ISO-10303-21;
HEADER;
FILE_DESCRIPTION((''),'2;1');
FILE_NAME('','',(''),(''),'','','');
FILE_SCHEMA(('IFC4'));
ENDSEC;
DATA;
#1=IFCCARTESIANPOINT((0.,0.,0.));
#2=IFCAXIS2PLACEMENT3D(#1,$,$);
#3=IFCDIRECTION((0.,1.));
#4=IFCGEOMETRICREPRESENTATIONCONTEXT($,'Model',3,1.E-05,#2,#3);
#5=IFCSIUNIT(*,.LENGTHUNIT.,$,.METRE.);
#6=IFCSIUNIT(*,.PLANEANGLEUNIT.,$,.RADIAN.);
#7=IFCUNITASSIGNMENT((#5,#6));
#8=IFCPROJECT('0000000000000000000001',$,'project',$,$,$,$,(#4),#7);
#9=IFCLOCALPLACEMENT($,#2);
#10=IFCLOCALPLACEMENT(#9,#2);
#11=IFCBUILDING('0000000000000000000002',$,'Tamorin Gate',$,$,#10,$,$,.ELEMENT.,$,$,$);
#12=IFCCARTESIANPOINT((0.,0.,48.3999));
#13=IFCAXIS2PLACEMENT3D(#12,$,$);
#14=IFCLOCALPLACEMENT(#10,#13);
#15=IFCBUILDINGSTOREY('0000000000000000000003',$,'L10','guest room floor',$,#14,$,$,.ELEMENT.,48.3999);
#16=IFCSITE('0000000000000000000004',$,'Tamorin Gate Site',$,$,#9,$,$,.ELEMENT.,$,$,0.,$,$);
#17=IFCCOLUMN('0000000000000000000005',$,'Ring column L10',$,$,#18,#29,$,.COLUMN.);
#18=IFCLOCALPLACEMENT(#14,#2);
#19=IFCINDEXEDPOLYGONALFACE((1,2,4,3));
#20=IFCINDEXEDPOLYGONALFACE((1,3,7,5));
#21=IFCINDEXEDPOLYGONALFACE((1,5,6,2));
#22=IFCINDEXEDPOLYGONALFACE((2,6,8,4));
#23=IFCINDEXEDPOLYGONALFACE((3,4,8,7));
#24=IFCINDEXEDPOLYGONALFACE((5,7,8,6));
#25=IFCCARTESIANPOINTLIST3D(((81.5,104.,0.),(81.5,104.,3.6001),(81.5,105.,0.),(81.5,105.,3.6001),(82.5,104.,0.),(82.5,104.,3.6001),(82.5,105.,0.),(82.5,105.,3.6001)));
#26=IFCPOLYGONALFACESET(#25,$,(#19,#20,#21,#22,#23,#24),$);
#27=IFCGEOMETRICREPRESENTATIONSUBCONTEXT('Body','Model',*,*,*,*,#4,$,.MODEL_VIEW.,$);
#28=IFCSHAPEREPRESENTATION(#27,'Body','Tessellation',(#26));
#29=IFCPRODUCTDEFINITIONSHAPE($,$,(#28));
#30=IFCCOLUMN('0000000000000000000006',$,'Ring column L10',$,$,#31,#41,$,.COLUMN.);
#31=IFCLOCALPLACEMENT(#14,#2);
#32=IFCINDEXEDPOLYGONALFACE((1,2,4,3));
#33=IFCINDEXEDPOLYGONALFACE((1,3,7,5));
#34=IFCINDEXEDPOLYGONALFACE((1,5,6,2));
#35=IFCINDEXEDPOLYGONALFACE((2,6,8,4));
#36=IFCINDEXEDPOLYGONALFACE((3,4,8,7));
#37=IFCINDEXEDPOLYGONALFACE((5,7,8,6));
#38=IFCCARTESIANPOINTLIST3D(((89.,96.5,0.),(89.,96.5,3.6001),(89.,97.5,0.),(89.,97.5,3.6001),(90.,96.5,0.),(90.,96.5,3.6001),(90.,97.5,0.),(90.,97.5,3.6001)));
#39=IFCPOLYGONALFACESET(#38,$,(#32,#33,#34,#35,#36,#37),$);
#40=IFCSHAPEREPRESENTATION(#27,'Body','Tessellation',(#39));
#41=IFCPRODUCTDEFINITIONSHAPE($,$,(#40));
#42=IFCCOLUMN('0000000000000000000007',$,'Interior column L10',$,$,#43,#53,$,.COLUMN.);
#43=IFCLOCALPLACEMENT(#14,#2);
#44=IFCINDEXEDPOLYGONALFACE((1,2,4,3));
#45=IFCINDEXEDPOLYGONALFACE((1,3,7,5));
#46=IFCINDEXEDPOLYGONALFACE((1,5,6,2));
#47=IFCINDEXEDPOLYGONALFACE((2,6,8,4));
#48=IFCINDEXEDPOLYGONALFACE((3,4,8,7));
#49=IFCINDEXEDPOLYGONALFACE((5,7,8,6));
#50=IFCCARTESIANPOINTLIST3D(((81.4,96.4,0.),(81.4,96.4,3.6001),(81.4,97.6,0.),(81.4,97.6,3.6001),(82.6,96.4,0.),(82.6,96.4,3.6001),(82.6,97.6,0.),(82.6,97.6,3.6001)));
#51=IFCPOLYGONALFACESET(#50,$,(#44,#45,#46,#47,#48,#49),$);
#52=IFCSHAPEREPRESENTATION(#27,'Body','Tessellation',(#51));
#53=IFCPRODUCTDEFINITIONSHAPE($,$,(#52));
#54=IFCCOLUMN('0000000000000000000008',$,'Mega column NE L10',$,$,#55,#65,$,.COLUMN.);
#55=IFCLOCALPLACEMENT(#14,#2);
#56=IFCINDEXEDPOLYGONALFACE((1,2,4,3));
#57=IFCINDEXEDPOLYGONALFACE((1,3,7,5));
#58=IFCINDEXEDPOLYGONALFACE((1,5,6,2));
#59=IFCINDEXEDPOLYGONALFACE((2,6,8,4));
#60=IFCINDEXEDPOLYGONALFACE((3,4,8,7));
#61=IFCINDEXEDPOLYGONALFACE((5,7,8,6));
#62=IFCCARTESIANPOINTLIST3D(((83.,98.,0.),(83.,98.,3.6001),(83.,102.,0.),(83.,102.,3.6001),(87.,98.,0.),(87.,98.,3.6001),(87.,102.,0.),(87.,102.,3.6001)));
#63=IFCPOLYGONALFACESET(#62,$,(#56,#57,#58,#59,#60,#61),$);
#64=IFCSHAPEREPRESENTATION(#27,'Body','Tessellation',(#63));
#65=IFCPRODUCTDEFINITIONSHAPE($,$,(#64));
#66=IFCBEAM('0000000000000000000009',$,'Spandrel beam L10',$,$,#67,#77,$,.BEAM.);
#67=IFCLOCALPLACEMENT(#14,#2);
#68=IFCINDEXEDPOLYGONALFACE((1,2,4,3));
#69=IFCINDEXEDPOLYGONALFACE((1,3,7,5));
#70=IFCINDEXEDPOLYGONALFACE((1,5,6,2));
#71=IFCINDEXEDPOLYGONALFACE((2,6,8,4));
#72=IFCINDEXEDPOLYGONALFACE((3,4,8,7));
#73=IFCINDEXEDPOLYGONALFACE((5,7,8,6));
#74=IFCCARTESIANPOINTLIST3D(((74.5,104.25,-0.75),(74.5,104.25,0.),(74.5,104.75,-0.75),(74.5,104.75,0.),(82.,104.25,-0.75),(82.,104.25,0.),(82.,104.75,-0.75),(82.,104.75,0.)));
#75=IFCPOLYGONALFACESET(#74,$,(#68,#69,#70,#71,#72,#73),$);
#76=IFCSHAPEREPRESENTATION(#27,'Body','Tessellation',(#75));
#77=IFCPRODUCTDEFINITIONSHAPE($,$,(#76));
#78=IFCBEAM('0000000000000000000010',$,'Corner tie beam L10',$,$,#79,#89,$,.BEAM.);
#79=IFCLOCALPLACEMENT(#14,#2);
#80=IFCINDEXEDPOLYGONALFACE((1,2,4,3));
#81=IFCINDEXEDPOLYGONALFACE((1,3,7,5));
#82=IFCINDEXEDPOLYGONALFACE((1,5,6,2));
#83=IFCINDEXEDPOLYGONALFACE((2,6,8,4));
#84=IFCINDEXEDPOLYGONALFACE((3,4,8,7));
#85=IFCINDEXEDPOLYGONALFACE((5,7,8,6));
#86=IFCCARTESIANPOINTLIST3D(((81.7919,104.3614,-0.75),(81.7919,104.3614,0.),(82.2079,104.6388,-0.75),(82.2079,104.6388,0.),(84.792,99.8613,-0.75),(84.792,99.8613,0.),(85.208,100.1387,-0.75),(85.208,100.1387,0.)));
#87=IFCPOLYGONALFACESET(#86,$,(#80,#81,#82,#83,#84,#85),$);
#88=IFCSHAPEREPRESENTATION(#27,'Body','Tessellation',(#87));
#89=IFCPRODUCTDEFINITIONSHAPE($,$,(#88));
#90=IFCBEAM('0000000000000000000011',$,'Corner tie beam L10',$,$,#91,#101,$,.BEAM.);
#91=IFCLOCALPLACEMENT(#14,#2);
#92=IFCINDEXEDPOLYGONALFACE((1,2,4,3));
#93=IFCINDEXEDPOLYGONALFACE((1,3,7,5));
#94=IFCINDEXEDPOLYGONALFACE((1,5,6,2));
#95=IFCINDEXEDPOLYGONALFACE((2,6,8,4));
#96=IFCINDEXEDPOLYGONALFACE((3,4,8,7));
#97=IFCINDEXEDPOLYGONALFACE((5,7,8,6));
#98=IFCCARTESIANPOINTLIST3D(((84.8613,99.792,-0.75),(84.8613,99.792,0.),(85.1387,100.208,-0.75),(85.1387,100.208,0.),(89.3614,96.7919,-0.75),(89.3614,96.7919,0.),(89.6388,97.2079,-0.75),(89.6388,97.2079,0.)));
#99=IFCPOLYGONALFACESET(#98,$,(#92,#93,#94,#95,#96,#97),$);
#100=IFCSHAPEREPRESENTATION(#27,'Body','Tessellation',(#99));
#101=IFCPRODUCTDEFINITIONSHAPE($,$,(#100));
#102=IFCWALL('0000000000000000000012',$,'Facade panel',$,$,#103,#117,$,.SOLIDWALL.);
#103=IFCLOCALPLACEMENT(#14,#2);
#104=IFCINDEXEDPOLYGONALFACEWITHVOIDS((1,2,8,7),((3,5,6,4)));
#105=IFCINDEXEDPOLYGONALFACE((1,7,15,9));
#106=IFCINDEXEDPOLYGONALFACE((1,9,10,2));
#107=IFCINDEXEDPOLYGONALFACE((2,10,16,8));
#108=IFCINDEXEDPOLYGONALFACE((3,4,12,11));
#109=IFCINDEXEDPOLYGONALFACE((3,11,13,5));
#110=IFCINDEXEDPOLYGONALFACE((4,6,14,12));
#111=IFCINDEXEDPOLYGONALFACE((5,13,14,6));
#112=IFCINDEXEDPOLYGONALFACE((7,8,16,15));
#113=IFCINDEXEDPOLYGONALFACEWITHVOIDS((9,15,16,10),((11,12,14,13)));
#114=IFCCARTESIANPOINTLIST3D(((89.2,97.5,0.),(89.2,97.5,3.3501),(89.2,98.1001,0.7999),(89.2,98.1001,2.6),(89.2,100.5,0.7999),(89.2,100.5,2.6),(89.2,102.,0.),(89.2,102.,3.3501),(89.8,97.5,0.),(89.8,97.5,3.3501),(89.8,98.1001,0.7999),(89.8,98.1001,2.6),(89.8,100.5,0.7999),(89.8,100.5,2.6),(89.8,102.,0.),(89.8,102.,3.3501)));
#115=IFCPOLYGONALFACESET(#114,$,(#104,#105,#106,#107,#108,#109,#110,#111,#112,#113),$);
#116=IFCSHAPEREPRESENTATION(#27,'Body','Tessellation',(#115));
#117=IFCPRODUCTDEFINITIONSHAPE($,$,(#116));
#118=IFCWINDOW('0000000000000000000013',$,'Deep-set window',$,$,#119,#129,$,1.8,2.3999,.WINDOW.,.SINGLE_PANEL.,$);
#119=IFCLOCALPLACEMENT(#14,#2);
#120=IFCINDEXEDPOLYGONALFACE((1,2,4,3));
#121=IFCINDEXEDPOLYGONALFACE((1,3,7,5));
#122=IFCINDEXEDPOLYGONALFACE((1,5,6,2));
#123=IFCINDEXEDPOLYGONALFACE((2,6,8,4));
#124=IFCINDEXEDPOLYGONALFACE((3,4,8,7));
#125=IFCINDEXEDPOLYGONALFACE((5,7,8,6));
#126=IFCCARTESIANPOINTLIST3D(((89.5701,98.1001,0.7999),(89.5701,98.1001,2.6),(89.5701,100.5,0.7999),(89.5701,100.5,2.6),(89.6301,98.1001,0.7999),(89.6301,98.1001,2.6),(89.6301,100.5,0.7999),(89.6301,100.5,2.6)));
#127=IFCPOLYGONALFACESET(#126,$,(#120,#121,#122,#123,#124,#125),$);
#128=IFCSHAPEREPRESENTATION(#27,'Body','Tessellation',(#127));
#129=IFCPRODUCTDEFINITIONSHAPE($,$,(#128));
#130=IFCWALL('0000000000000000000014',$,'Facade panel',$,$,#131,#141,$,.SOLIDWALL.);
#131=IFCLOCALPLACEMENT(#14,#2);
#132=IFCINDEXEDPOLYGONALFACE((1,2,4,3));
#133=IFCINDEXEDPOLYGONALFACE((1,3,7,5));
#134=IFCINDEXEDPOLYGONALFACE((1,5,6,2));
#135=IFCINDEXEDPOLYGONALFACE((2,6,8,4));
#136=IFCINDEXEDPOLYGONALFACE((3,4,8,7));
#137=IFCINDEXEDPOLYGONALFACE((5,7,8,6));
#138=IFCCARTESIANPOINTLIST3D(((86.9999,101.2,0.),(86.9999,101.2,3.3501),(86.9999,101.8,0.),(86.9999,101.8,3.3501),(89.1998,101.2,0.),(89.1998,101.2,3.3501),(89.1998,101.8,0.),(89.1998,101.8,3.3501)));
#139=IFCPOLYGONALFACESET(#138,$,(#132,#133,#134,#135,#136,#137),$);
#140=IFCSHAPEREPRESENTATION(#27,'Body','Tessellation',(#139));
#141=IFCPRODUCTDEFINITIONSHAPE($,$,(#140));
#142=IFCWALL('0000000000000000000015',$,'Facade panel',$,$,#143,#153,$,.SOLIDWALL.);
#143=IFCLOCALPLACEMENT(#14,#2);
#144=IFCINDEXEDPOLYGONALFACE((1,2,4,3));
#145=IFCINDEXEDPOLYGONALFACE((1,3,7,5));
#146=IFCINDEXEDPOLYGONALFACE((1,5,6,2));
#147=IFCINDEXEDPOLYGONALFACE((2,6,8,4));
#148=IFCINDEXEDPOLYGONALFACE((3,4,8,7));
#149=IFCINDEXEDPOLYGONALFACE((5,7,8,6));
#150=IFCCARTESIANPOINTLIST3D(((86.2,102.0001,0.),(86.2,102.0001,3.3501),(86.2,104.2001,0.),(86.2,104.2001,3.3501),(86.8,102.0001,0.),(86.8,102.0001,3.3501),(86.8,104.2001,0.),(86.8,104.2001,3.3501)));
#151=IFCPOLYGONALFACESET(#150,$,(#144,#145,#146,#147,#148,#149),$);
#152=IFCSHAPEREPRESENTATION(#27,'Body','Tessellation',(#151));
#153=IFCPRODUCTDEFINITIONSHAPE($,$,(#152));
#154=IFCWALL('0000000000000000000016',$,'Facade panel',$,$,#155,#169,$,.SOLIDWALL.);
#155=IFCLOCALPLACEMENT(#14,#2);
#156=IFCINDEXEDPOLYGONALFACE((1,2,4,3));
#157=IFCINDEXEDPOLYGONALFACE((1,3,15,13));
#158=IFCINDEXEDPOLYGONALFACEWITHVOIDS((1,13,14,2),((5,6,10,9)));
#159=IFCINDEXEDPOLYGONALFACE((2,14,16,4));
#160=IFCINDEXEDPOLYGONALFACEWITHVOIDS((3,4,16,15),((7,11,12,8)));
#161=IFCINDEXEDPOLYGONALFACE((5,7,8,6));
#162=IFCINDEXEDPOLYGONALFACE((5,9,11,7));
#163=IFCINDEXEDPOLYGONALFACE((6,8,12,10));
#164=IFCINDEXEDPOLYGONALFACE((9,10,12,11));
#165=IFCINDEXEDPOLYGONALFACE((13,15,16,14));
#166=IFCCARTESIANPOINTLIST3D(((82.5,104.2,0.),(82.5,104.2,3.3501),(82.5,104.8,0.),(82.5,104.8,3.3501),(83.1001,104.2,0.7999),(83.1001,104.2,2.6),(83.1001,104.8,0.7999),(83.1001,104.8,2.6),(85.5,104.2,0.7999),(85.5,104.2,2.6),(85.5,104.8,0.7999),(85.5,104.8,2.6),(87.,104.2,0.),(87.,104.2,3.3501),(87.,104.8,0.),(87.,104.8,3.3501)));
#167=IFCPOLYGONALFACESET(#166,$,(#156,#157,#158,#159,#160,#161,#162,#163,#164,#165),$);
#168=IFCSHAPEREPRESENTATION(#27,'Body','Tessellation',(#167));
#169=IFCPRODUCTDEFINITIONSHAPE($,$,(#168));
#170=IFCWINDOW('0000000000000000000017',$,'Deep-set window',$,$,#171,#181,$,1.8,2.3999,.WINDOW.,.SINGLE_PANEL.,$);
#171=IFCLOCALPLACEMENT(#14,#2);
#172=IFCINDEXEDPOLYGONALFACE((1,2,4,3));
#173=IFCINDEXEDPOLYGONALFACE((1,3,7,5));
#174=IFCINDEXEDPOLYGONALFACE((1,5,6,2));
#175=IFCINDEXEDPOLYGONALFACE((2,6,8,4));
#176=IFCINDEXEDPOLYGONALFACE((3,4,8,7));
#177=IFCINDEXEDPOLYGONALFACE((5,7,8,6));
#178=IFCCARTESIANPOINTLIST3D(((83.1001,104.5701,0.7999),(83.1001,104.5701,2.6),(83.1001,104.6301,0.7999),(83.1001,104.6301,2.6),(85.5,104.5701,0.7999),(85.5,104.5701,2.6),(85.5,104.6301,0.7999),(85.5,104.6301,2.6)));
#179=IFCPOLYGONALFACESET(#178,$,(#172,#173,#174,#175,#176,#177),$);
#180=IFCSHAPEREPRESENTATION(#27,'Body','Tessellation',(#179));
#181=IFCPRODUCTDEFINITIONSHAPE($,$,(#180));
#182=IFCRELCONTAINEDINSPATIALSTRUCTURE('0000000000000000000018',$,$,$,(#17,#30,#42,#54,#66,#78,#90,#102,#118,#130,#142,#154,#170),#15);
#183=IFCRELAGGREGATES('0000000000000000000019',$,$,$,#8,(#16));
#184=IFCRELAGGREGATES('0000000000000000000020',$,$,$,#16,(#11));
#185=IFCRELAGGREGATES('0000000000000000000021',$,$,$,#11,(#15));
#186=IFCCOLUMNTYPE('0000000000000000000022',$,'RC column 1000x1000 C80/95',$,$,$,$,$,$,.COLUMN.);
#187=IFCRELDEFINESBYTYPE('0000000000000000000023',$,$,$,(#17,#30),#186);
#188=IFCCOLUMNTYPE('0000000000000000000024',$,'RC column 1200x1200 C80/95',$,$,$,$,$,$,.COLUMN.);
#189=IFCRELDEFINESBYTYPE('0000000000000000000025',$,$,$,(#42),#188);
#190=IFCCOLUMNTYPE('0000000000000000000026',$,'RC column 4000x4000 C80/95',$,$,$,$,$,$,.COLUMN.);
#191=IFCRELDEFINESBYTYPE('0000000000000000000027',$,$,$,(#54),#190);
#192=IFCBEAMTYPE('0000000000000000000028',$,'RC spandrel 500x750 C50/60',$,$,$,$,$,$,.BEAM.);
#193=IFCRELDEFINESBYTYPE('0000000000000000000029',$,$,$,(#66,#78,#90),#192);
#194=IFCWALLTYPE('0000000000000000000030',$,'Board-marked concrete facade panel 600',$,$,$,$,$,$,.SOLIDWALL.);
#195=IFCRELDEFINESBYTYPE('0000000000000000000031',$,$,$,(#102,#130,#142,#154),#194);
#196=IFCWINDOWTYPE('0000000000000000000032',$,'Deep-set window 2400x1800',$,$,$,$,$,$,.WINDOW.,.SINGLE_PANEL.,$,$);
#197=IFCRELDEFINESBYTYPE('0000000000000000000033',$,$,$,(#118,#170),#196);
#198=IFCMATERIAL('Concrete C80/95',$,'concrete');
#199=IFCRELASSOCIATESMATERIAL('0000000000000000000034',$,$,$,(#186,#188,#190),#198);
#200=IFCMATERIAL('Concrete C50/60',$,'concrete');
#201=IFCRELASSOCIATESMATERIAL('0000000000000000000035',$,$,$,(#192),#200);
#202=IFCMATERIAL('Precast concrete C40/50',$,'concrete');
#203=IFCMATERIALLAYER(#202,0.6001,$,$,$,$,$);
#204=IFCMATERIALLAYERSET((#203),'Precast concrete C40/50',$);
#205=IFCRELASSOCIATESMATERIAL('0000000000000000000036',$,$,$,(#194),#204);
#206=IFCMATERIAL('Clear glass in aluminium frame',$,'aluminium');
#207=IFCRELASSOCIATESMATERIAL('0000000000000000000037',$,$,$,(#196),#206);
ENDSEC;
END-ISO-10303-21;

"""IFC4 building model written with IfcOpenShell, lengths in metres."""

from ifc_helpers import new_model, si_unit, direction, frame, frame_2d, origin, origin_2d, place, context, subcontext, project, spatial, rectangle, extrude, material, layer, layer_set, material_profile, profile_set, type_object, element, fill, save


model = new_model("IFC4")

# Units and contexts
model_context = context("Model", 3, precision=1e-05, world=origin(), true_north=direction((0.0, 1.0)))
body_context = subcontext(model_context, "Body", "Model", "MODEL_VIEW")
ifc_project = project(units=[si_unit("LENGTHUNIT", "METRE"), si_unit("PLANEANGLEUNIT", "RADIAN")], contexts=[model_context])

# Site, building, storey
site_placement = place(None, origin())
site = spatial("IfcSite", under=ifc_project, at=site_placement, Name="Tamorin Gate Site", CompositionType="ELEMENT", RefElevation=0.0)
building_placement = place(site_placement, origin())
building = spatial("IfcBuilding", under=site, at=building_placement, Name="Tamorin Gate", CompositionType="ELEMENT")
storey_placement = place(building_placement, frame((0.0, 0.0, 48.3999)))
storey = spatial("IfcBuildingStorey", under=building, at=storey_placement, Name="L10", Description="guest room floor", CompositionType="ELEMENT", Elevation=48.3999)

# Columns
ifc_material_1 = material(Name="Concrete C80/95", Category="concrete")
ifc_material_profile_1 = material_profile(ifc_material_1, rectangle(XDim=1.0, YDim=1.0, at=origin_2d()), Name="RC 1000x1000")
ifc_profile_set_1 = profile_set([ifc_material_profile_1], Name="Concrete C80/95")
column_type_1 = type_object("IfcColumnType", Name="RC column 1000x1000 C80/95", PredefinedType="COLUMN", material=ifc_profile_set_1)
for number, where, z_axis, x_axis, name in (
    (1, (82.0, 104.5, 0.0), (0.0, 0.0, 1.0), (1.0, 0.0, 0.0), "Ring column L10"),
    (2, (89.5, 97.0, 0.0), (0.0, 0.0, 1.0), (1.0, 0.0, 0.0), "Ring column L10"),
):
    element("IfcColumn", number, at=place(storey_placement, frame(where, z_axis=z_axis, x_axis=x_axis)), inside=storey, type_object=column_type_1, Name=name, PredefinedType="COLUMN", context=body_context, shape_type="SweptSolid", body=[
        extrude(rectangle(XDim=1.0, YDim=1.0, at=origin_2d()), origin(), (0.0, 0.0, 1.0), 3.6001),
    ])
ifc_material_profile_2 = material_profile(ifc_material_1, rectangle(XDim=1.2, YDim=1.2, at=origin_2d()), Name="RC 1200x1200")
ifc_profile_set_2 = profile_set([ifc_material_profile_2], Name="Concrete C80/95")
column_type_2 = type_object("IfcColumnType", Name="RC column 1200x1200 C80/95", PredefinedType="COLUMN", material=ifc_profile_set_2)
column_1_placement = place(storey_placement, frame((82.0, 97.0, 0.0), z_axis=(0.0, 0.0, 1.0), x_axis=(1.0, 0.0, 0.0)))
element("IfcColumn", 3, at=column_1_placement, inside=storey, type_object=column_type_2, Name="Interior column L10", PredefinedType="COLUMN", context=body_context, shape_type="SweptSolid", body=[
    extrude(rectangle(XDim=1.2, YDim=1.2, at=origin_2d()), origin(), (0.0, 0.0, 1.0), 3.6001),
])
ifc_material_profile_3 = material_profile(ifc_material_1, rectangle(XDim=4.0, YDim=4.0, at=origin_2d()), Name="RC 4000x4000")
ifc_profile_set_3 = profile_set([ifc_material_profile_3], Name="Concrete C80/95")
column_type_3 = type_object("IfcColumnType", Name="RC column 4000x4000 C80/95", PredefinedType="COLUMN", material=ifc_profile_set_3)
column_2_placement = place(storey_placement, frame((85.0, 100.0, 0.0), z_axis=(0.0, 0.0, 1.0), x_axis=(1.0, 0.0, 0.0)))
element("IfcColumn", 4, at=column_2_placement, inside=storey, type_object=column_type_3, Name="Mega column NE L10", PredefinedType="COLUMN", context=body_context, shape_type="SweptSolid", body=[
    extrude(rectangle(XDim=4.0, YDim=4.0, at=origin_2d()), origin(), (0.0, 0.0, 1.0), 3.6001),
])

# Beams
ifc_material_2 = material(Name="Concrete C50/60", Category="concrete")
ifc_material_profile_4 = material_profile(ifc_material_2, rectangle(XDim=0.5, YDim=0.75, at=origin_2d()), Name="RC 500x750")
ifc_profile_set_4 = profile_set([ifc_material_profile_4], Name="Concrete C50/60")
beam_type = type_object("IfcBeamType", Name="RC spandrel 500x750 C50/60", PredefinedType="BEAM", material=ifc_profile_set_4)
beam_placement = place(storey_placement, frame((82.0, 104.5, -0.375), z_axis=(-1.0, 0.0, 0.0), x_axis=(0.0, -1.0, 0.0)))
element("IfcBeam", 5, at=beam_placement, inside=storey, type_object=beam_type, Name="Spandrel beam L10", PredefinedType="BEAM", context=body_context, shape_type="SweptSolid", body=[
    extrude(rectangle(XDim=0.5, YDim=0.75, at=origin_2d()), origin(), (0.0, 0.0, 1.0), 7.5),
])
for number, where, z_axis, x_axis, name in (
    (6, (85.0, 100.0, -0.375), (-0.5547, 0.83205, 0.0), (-0.83205, -0.5547, 0.0), "Corner tie beam L10"),
    (7, (85.0, 100.0, -0.375), (0.83205, -0.5547, 0.0), (0.5547, 0.83205, 0.0), "Corner tie beam L10"),
):
    element("IfcBeam", number, at=place(storey_placement, frame(where, z_axis=z_axis, x_axis=x_axis)), inside=storey, type_object=beam_type, Name=name, PredefinedType="BEAM", context=body_context, shape_type="SweptSolid", body=[
        extrude(rectangle(XDim=0.5, YDim=0.75, at=origin_2d()), origin(), (0.0, 0.0, 1.0), 5.4084),
    ])

# Wall, opening, window
ifc_material_3 = material(Name="Precast concrete C40/50", Category="concrete")
ifc_layer_1 = layer(ifc_material_3, 0.6001)
ifc_layer_set_1 = layer_set([ifc_layer_1], Name="Precast concrete C40/50")
wall_type_1 = type_object("IfcWallType", Name="Board-marked concrete facade panel 600", PredefinedType="SOLIDWALL", material=ifc_layer_set_1)
wall_1_placement = place(storey_placement, frame((89.5, 97.5, 0.0), z_axis=(0.0, 0.0, 1.0), x_axis=(0.0, 1.0, 0.0)))
wall_1 = element("IfcWall", 8, at=wall_1_placement, inside=storey, type_object=wall_type_1, Name="Facade panel", PredefinedType="SOLIDWALL", context=body_context, shape_type="SweptSolid", body=[
    extrude(rectangle(XDim=4.5, YDim=0.6001, at=frame_2d((2.25, 0.0))), origin(), (0.0, 0.0, 1.0), 3.3501),
])
opening_1_placement = place(wall_1_placement, frame((0.6001, 0.0, 0.8)))
opening_1 = element("IfcOpeningElement", 9, at=opening_1_placement, cuts=wall_1, PredefinedType="OPENING", context=body_context, shape_type="SweptSolid", body=[
    extrude(rectangle(XDim=2.3999, YDim=1.8, at=frame_2d((1.2, 0.8999))), frame((0.0, 0.3101, 0.0), z_axis=(0.0, -1.0, 0.0), x_axis=(1.0, 0.0, 0.0)), (0.0, 0.0, 1.0), 0.6201),
])
ifc_material_4 = material(Name="Clear glass in aluminium frame", Category="aluminium")
window_type = type_object("IfcWindowType", Name="Deep-set window 2400x1800", PartitioningType="SINGLE_PANEL", PredefinedType="WINDOW", material=ifc_material_4)
window_1_placement = place(opening_1_placement, origin())
window_1 = element("IfcWindow", 10, at=window_1_placement, inside=storey, type_object=window_type, Name="Deep-set window", OverallHeight=1.8, OverallWidth=2.3999, PartitioningType="SINGLE_PANEL", PredefinedType="WINDOW", context=body_context, shape_type="SweptSolid", body=[
    extrude(rectangle(XDim=2.3999, YDim=1.8, at=frame_2d((1.2, 0.8999))), frame((0.0, -0.0701, 0.0), z_axis=(0.0, -1.0, 0.0), x_axis=(1.0, 0.0, 0.0)), (0.0, 0.0, 1.0), 0.0601),
])
fill(opening_1, window_1)

# Walls
for number, where, z_axis, x_axis, name in (
    (11, (89.2, 101.5, 0.0), (0.0, 0.0, 1.0), (-1.0, 0.0, 0.0), "Facade panel"),
    (12, (86.5, 102.0, 0.0), (0.0, 0.0, 1.0), (0.0, 1.0, 0.0), "Facade panel"),
):
    element("IfcWall", number, at=place(storey_placement, frame(where, z_axis=z_axis, x_axis=x_axis)), inside=storey, type_object=wall_type_1, Name=name, PredefinedType="SOLIDWALL", context=body_context, shape_type="SweptSolid", body=[
        extrude(rectangle(XDim=2.2, YDim=0.6001, at=frame_2d((1.1001, 0.0))), origin(), (0.0, 0.0, 1.0), 3.3501),
    ])

# Wall, opening, window
wall_2_placement = place(storey_placement, frame((87.0, 104.5, 0.0), z_axis=(0.0, 0.0, 1.0), x_axis=(-1.0, 0.0, 0.0)))
wall_2 = element("IfcWall", 13, at=wall_2_placement, inside=storey, type_object=wall_type_1, Name="Facade panel", PredefinedType="SOLIDWALL", context=body_context, shape_type="SweptSolid", body=[
    extrude(rectangle(XDim=4.5, YDim=0.6001, at=frame_2d((2.25, 0.0))), origin(), (0.0, 0.0, 1.0), 3.3501),
])
opening_2_placement = place(wall_2_placement, frame((1.5, 0.0, 0.8)))
opening_2 = element("IfcOpeningElement", 14, at=opening_2_placement, cuts=wall_2, PredefinedType="OPENING", context=body_context, shape_type="SweptSolid", body=[
    extrude(rectangle(XDim=2.3999, YDim=1.8, at=frame_2d((1.2, 0.8999))), frame((0.0, 0.3101, 0.0), z_axis=(0.0, -1.0, 0.0), x_axis=(1.0, 0.0, 0.0)), (0.0, 0.0, 1.0), 0.6201),
])
window_2_placement = place(opening_2_placement, origin())
window_2 = element("IfcWindow", 15, at=window_2_placement, inside=storey, type_object=window_type, Name="Deep-set window", OverallHeight=1.8, OverallWidth=2.3999, PartitioningType="SINGLE_PANEL", PredefinedType="WINDOW", context=body_context, shape_type="SweptSolid", body=[
    extrude(rectangle(XDim=2.3999, YDim=1.8, at=frame_2d((1.2, 0.8999))), frame((0.0, -0.0701, 0.0), z_axis=(0.0, -1.0, 0.0), x_axis=(1.0, 0.0, 0.0)), (0.0, 0.0, 1.0), 0.0601),
])
fill(opening_2, window_2)

save(model, "model.ifc")
